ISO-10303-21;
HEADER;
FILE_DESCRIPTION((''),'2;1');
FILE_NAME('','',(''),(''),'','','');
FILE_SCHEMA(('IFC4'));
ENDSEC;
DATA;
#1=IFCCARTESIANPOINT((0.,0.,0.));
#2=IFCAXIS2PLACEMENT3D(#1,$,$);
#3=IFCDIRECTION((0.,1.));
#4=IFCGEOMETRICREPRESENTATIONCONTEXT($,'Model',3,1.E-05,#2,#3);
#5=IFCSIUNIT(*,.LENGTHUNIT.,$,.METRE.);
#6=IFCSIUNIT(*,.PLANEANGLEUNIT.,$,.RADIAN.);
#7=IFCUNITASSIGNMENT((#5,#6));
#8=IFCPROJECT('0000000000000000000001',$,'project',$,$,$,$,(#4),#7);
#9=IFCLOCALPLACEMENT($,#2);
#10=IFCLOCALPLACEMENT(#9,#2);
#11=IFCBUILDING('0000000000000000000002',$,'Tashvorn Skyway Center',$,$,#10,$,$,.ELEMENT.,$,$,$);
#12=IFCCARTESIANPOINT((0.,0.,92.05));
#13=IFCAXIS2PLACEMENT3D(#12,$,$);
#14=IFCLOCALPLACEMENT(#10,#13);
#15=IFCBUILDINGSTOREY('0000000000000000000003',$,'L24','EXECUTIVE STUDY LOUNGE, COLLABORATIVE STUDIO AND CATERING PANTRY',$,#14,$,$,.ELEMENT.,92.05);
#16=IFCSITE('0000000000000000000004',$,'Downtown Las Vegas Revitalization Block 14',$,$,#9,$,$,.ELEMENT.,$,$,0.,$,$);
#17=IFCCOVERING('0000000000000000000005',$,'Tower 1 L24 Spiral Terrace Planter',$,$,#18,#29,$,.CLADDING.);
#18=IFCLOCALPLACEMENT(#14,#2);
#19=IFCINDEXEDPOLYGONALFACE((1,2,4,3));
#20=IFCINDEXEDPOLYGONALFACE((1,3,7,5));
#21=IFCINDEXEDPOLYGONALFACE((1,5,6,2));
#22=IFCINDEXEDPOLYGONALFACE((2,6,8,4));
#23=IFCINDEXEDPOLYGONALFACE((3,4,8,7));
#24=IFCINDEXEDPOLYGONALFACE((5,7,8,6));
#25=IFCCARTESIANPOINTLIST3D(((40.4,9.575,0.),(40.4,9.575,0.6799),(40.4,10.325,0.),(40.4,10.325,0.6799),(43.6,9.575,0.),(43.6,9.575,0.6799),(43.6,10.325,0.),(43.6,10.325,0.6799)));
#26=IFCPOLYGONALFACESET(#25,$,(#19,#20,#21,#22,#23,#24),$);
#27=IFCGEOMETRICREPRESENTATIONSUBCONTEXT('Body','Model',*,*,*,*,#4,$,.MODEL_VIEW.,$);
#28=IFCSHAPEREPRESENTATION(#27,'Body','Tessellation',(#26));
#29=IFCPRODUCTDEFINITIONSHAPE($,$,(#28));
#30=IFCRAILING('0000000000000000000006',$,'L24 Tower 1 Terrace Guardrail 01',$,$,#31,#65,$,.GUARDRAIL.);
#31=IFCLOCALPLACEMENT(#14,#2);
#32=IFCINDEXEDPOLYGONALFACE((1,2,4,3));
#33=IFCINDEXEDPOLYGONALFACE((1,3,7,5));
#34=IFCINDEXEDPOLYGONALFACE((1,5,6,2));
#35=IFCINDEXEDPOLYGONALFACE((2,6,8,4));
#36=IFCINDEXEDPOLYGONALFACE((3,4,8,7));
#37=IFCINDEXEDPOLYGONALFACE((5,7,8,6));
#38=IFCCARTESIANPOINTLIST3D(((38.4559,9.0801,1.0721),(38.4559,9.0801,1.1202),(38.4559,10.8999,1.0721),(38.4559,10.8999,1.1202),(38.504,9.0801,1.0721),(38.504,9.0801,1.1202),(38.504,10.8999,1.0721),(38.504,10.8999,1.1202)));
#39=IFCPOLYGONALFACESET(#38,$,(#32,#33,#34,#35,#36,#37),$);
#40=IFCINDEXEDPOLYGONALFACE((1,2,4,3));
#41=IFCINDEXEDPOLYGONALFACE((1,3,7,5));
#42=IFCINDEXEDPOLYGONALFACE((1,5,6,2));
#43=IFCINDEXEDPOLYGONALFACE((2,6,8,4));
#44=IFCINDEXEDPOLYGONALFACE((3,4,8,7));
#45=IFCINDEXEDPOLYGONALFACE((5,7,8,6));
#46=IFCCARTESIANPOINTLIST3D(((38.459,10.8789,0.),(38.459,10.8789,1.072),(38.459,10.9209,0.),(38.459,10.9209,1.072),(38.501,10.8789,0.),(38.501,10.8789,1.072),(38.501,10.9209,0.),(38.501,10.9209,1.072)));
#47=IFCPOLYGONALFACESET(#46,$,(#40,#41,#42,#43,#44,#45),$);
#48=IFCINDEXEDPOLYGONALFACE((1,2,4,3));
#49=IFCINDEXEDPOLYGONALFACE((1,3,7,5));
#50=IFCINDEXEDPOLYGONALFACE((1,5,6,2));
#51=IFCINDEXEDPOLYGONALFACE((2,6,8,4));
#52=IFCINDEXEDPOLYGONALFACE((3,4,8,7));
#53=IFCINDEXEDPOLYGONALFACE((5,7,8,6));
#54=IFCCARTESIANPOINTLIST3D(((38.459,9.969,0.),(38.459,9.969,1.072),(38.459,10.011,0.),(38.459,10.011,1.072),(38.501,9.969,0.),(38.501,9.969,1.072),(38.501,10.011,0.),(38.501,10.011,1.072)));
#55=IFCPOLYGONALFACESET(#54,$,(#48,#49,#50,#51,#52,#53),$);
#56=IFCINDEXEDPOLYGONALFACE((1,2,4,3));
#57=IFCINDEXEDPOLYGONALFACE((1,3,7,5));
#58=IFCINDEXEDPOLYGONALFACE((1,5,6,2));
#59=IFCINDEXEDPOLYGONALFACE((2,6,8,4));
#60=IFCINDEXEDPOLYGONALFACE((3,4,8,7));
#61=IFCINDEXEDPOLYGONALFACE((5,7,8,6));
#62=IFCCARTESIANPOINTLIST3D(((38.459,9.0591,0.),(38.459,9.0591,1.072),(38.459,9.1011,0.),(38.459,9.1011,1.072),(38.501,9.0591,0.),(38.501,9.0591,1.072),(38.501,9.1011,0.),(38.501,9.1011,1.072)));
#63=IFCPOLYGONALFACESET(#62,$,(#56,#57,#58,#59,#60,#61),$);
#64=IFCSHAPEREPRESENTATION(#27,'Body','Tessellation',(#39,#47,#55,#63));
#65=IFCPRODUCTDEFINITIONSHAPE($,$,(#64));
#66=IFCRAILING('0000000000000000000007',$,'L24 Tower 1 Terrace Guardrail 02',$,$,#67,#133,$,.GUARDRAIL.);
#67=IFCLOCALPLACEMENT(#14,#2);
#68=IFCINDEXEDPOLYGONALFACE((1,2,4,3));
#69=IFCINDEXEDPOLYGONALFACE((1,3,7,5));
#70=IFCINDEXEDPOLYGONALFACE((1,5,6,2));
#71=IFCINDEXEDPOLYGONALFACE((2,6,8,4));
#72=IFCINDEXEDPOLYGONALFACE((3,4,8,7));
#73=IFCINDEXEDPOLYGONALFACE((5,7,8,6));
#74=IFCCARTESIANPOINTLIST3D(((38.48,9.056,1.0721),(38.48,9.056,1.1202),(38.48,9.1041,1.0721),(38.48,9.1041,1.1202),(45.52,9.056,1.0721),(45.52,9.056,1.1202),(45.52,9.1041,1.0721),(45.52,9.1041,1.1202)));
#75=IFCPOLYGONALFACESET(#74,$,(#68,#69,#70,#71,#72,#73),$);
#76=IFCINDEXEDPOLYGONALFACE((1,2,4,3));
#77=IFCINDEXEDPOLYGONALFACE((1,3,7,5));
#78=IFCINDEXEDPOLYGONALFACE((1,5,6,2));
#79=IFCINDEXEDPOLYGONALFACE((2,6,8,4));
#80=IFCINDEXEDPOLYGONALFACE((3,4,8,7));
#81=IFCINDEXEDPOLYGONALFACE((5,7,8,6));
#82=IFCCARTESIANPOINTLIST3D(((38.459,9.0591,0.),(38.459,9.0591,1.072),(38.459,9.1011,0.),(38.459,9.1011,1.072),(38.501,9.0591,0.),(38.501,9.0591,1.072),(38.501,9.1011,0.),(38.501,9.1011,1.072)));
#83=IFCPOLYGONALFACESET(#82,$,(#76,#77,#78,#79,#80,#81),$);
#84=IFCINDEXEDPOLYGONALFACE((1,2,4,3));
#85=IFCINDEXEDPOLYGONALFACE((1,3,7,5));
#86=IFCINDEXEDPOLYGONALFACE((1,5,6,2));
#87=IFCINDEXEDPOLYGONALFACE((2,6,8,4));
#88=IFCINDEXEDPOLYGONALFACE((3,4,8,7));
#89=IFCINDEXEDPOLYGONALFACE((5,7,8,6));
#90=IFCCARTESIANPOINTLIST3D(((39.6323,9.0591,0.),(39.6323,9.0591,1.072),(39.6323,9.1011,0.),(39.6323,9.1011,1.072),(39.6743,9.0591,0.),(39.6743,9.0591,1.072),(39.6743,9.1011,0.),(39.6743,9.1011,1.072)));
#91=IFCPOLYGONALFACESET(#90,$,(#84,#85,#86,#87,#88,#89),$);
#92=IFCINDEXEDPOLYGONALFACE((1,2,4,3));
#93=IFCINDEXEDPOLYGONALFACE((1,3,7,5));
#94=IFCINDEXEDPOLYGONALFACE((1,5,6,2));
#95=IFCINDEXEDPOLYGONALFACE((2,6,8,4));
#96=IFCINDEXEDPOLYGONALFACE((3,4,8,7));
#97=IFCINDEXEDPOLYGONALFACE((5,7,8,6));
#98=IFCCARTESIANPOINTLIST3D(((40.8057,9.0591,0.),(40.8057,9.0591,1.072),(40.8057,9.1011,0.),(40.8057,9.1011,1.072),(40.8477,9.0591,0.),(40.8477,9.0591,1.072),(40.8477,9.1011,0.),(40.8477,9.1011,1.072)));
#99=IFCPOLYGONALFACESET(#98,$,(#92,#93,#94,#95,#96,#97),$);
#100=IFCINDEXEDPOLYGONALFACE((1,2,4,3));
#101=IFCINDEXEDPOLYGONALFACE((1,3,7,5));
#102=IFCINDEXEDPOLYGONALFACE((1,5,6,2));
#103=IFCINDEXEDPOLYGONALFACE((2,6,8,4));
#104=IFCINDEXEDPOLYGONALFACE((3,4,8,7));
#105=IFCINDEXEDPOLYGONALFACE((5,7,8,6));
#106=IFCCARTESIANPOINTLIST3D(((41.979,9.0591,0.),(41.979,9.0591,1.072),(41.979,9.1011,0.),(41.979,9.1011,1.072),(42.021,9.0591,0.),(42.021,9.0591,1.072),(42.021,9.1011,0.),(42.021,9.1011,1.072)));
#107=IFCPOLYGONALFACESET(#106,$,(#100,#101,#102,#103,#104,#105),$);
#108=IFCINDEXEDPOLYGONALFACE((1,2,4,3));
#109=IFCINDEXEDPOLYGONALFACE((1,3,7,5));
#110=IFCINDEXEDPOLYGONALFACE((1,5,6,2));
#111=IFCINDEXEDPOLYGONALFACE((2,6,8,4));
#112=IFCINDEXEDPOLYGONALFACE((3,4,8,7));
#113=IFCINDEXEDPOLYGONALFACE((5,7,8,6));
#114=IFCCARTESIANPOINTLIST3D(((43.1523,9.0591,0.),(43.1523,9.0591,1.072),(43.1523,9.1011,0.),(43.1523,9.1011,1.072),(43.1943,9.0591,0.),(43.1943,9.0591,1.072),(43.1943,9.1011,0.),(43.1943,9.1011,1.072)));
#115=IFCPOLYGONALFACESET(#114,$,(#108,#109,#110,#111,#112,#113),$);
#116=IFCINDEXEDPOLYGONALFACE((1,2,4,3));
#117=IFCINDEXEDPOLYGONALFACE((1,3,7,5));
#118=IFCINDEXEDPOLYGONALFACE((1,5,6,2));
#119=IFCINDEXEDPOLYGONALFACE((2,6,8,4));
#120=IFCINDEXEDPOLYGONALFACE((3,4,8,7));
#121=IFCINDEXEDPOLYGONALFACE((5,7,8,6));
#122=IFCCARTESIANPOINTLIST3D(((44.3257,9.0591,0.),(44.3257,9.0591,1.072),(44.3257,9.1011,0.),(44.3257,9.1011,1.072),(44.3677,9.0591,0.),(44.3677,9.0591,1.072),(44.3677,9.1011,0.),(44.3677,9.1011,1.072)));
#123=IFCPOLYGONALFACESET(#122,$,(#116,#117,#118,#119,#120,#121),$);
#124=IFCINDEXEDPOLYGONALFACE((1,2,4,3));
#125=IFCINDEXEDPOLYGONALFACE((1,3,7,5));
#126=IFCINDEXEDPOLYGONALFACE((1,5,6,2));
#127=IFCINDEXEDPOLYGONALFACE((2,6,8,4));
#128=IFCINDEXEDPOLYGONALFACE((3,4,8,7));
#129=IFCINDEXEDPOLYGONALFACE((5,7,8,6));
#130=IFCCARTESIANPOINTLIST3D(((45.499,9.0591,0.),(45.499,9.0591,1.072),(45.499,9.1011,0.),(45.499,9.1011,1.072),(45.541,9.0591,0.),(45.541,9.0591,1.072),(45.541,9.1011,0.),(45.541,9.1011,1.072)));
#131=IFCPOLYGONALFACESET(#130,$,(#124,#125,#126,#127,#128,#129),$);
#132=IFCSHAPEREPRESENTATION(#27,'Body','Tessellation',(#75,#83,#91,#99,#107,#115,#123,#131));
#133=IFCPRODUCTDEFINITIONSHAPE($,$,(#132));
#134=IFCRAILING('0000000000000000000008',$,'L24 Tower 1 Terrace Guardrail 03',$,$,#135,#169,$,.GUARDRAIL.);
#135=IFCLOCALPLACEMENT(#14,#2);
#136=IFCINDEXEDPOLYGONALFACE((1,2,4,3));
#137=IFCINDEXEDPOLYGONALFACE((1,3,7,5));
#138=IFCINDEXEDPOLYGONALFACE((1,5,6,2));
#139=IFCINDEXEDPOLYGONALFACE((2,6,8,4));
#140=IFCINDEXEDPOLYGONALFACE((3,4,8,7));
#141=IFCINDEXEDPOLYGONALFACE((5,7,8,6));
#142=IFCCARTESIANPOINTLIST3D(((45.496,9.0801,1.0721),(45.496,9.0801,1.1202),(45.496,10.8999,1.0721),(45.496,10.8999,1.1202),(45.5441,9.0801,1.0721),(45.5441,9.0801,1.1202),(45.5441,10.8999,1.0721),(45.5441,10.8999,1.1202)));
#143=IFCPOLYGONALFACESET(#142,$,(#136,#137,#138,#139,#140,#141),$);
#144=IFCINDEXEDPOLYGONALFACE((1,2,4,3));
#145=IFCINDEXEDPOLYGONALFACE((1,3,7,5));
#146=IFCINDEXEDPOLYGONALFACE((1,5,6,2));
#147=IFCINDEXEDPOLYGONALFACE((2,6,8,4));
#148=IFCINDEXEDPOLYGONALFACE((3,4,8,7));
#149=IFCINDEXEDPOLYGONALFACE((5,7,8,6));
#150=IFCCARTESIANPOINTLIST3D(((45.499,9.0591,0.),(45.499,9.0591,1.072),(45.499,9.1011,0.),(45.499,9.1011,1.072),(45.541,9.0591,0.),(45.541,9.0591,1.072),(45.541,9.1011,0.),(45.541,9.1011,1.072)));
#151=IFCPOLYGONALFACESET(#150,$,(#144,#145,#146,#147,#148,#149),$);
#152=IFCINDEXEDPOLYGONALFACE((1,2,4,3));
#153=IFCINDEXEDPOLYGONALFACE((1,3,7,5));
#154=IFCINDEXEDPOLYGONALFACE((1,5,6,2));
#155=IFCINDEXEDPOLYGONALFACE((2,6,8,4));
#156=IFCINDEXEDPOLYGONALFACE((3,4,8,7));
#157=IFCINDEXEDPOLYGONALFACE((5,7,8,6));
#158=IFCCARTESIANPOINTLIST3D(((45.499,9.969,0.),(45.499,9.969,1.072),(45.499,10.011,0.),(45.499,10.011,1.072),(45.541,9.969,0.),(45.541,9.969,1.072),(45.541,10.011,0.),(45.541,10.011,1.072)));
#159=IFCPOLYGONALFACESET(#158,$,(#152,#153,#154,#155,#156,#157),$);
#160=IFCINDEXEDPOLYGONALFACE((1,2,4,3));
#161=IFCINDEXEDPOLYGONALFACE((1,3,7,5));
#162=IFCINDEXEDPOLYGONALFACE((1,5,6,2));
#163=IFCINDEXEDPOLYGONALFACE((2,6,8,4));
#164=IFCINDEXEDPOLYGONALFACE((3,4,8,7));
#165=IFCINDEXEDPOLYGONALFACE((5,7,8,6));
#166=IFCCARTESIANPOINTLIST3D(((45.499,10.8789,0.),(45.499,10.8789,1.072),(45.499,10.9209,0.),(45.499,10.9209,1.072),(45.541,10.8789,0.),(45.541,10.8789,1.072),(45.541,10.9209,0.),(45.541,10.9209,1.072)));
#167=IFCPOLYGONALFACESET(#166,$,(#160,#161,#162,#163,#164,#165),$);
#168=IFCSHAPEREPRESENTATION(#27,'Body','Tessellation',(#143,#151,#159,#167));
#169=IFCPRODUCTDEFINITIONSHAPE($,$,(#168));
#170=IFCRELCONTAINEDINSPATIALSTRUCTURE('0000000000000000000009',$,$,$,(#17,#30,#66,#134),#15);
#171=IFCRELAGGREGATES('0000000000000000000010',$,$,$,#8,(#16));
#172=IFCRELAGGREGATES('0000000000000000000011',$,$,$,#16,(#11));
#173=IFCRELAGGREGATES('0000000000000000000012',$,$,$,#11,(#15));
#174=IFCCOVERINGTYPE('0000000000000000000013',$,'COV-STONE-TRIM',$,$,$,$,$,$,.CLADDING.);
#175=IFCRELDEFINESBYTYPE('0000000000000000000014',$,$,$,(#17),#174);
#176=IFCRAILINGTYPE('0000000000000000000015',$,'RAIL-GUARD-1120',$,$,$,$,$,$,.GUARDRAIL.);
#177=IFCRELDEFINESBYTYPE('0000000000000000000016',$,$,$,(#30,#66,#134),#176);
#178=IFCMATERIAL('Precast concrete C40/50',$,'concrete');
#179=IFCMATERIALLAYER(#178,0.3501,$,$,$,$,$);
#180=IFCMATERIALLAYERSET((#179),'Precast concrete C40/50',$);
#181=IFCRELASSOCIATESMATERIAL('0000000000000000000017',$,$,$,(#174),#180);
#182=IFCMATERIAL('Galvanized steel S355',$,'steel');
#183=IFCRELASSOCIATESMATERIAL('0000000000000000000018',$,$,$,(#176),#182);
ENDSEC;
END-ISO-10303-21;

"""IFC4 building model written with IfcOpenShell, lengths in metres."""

from ifc_helpers import new_model, si_unit, direction, frame, origin, origin_2d, place, context, subcontext, project, spatial, rectangle, extrude, material, layer, layer_set, type_object, element, save


model = new_model("IFC4")

# Units and contexts
model_context = context("Model", 3, precision=1e-05, world=origin(), true_north=direction((0.0, 1.0)))
body_context = subcontext(model_context, "Body", "Model", "MODEL_VIEW")
ifc_project = project(units=[si_unit("LENGTHUNIT", "METRE"), si_unit("PLANEANGLEUNIT", "RADIAN")], contexts=[model_context])

# Site, building, storey
site_placement = place(None, origin())
site = spatial("IfcSite", under=ifc_project, at=site_placement, Name="Downtown Las Vegas Revitalization Block 14", CompositionType="ELEMENT", RefElevation=0.0)
building_placement = place(site_placement, origin())
building = spatial("IfcBuilding", under=site, at=building_placement, Name="Tashvorn Skyway Center", CompositionType="ELEMENT")
storey_placement = place(building_placement, frame((0.0, 0.0, 92.05)))
storey = spatial("IfcBuildingStorey", under=building, at=storey_placement, Name="L24", Description="EXECUTIVE STUDY LOUNGE, COLLABORATIVE STUDIO AND CATERING PANTRY", CompositionType="ELEMENT", Elevation=92.05)

# Shared definitions
ifc_material_1 = material(Name="Precast concrete C40/50", Category="concrete")

# Covering
ifc_layer_1 = layer(ifc_material_1, 0.3501)
ifc_layer_set_1 = layer_set([ifc_layer_1], Name="Precast concrete C40/50")
covering_type_1 = type_object("IfcCoveringType", Name="COV-STONE-TRIM", PredefinedType="CLADDING", material=ifc_layer_set_1)
covering_1_placement = place(storey_placement, frame((42.0, 9.95, 0.0), z_axis=(0.0, 0.0, 1.0), x_axis=(-1.0, 0.0, 0.0)))
element("IfcCovering", 1, at=covering_1_placement, inside=storey, type_object=covering_type_1, Name="Tower 1 L24 Spiral Terrace Planter", PredefinedType="CLADDING", context=body_context, shape_type="SweptSolid", body=[
    extrude(rectangle(XDim=3.2, YDim=0.75, at=origin_2d()), origin(), (0.0, 0.0, 1.0), 0.6799),
])

# Railings
ifc_material_2 = material(Name="Galvanized steel S355", Category="steel")
railing_type = type_object("IfcRailingType", Name="RAIL-GUARD-1120", PredefinedType="GUARDRAIL", material=ifc_material_2)
railing_1_placement = place(storey_placement, frame((38.48, 10.8999, 0.0)))
element("IfcRailing", 2, at=railing_1_placement, inside=storey, type_object=railing_type, Name="L24 Tower 1 Terrace Guardrail 01", PredefinedType="GUARDRAIL", context=body_context, shape_type="SweptSolid", body=[
    extrude(rectangle(XDim=0.0481, YDim=0.0481, at=origin_2d()), frame((0.0, 0.0, 1.0962), z_axis=(0.0, -1.0, 0.0), x_axis=(1.0, 0.0, 0.0)), (0.0, 0.0, 1.0), 1.8198),
    extrude(rectangle(XDim=0.042, YDim=0.042, at=origin_2d()), origin(), (0.0, 0.0, 1.0), 1.072),
    extrude(rectangle(XDim=0.042, YDim=0.042, at=origin_2d()), frame((0.0, -0.9099, 0.0)), (0.0, 0.0, 1.0), 1.072),
    extrude(rectangle(XDim=0.042, YDim=0.042, at=origin_2d()), frame((0.0, -1.8198, 0.0)), (0.0, 0.0, 1.0), 1.072),
])
railing_2_placement = place(storey_placement, frame((38.48, 9.0801, 0.0)))
element("IfcRailing", 3, at=railing_2_placement, inside=storey, type_object=railing_type, Name="L24 Tower 1 Terrace Guardrail 02", PredefinedType="GUARDRAIL", context=body_context, shape_type="SweptSolid", body=[
    extrude(rectangle(XDim=0.0481, YDim=0.0481, at=origin_2d()), frame((0.0, 0.0, 1.0962), z_axis=(1.0, 0.0, 0.0), x_axis=(0.0, 1.0, 0.0)), (0.0, 0.0, 1.0), 7.04),
    extrude(rectangle(XDim=0.042, YDim=0.042, at=origin_2d()), origin(), (0.0, 0.0, 1.0), 1.072),
    extrude(rectangle(XDim=0.042, YDim=0.042, at=origin_2d()), frame((1.1733, 0.0, 0.0)), (0.0, 0.0, 1.0), 1.072),
    extrude(rectangle(XDim=0.042, YDim=0.042, at=origin_2d()), frame((2.3467, 0.0, 0.0)), (0.0, 0.0, 1.0), 1.072),
    extrude(rectangle(XDim=0.042, YDim=0.042, at=origin_2d()), frame((3.52, 0.0, 0.0)), (0.0, 0.0, 1.0), 1.072),
    extrude(rectangle(XDim=0.042, YDim=0.042, at=origin_2d()), frame((4.6934, 0.0, 0.0)), (0.0, 0.0, 1.0), 1.072),
    extrude(rectangle(XDim=0.042, YDim=0.042, at=origin_2d()), frame((5.8667, 0.0, 0.0)), (0.0, 0.0, 1.0), 1.072),
    extrude(rectangle(XDim=0.042, YDim=0.042, at=origin_2d()), frame((7.04, 0.0, 0.0)), (0.0, 0.0, 1.0), 1.072),
])
railing_3_placement = place(storey_placement, frame((45.52, 9.0801, 0.0)))
element("IfcRailing", 4, at=railing_3_placement, inside=storey, type_object=railing_type, Name="L24 Tower 1 Terrace Guardrail 03", PredefinedType="GUARDRAIL", context=body_context, shape_type="SweptSolid", body=[
    extrude(rectangle(XDim=0.0481, YDim=0.0481, at=origin_2d()), frame((0.0, 0.0, 1.0962), z_axis=(0.0, 1.0, 0.0), x_axis=(-1.0, 0.0, 0.0)), (0.0, 0.0, 1.0), 1.8198),
    extrude(rectangle(XDim=0.042, YDim=0.042, at=origin_2d()), origin(), (0.0, 0.0, 1.0), 1.072),
    extrude(rectangle(XDim=0.042, YDim=0.042, at=origin_2d()), frame((0.0, 0.9099, 0.0)), (0.0, 0.0, 1.0), 1.072),
    extrude(rectangle(XDim=0.042, YDim=0.042, at=origin_2d()), frame((0.0, 1.8198, 0.0)), (0.0, 0.0, 1.0), 1.072),
])

save(model, "model.ifc")
